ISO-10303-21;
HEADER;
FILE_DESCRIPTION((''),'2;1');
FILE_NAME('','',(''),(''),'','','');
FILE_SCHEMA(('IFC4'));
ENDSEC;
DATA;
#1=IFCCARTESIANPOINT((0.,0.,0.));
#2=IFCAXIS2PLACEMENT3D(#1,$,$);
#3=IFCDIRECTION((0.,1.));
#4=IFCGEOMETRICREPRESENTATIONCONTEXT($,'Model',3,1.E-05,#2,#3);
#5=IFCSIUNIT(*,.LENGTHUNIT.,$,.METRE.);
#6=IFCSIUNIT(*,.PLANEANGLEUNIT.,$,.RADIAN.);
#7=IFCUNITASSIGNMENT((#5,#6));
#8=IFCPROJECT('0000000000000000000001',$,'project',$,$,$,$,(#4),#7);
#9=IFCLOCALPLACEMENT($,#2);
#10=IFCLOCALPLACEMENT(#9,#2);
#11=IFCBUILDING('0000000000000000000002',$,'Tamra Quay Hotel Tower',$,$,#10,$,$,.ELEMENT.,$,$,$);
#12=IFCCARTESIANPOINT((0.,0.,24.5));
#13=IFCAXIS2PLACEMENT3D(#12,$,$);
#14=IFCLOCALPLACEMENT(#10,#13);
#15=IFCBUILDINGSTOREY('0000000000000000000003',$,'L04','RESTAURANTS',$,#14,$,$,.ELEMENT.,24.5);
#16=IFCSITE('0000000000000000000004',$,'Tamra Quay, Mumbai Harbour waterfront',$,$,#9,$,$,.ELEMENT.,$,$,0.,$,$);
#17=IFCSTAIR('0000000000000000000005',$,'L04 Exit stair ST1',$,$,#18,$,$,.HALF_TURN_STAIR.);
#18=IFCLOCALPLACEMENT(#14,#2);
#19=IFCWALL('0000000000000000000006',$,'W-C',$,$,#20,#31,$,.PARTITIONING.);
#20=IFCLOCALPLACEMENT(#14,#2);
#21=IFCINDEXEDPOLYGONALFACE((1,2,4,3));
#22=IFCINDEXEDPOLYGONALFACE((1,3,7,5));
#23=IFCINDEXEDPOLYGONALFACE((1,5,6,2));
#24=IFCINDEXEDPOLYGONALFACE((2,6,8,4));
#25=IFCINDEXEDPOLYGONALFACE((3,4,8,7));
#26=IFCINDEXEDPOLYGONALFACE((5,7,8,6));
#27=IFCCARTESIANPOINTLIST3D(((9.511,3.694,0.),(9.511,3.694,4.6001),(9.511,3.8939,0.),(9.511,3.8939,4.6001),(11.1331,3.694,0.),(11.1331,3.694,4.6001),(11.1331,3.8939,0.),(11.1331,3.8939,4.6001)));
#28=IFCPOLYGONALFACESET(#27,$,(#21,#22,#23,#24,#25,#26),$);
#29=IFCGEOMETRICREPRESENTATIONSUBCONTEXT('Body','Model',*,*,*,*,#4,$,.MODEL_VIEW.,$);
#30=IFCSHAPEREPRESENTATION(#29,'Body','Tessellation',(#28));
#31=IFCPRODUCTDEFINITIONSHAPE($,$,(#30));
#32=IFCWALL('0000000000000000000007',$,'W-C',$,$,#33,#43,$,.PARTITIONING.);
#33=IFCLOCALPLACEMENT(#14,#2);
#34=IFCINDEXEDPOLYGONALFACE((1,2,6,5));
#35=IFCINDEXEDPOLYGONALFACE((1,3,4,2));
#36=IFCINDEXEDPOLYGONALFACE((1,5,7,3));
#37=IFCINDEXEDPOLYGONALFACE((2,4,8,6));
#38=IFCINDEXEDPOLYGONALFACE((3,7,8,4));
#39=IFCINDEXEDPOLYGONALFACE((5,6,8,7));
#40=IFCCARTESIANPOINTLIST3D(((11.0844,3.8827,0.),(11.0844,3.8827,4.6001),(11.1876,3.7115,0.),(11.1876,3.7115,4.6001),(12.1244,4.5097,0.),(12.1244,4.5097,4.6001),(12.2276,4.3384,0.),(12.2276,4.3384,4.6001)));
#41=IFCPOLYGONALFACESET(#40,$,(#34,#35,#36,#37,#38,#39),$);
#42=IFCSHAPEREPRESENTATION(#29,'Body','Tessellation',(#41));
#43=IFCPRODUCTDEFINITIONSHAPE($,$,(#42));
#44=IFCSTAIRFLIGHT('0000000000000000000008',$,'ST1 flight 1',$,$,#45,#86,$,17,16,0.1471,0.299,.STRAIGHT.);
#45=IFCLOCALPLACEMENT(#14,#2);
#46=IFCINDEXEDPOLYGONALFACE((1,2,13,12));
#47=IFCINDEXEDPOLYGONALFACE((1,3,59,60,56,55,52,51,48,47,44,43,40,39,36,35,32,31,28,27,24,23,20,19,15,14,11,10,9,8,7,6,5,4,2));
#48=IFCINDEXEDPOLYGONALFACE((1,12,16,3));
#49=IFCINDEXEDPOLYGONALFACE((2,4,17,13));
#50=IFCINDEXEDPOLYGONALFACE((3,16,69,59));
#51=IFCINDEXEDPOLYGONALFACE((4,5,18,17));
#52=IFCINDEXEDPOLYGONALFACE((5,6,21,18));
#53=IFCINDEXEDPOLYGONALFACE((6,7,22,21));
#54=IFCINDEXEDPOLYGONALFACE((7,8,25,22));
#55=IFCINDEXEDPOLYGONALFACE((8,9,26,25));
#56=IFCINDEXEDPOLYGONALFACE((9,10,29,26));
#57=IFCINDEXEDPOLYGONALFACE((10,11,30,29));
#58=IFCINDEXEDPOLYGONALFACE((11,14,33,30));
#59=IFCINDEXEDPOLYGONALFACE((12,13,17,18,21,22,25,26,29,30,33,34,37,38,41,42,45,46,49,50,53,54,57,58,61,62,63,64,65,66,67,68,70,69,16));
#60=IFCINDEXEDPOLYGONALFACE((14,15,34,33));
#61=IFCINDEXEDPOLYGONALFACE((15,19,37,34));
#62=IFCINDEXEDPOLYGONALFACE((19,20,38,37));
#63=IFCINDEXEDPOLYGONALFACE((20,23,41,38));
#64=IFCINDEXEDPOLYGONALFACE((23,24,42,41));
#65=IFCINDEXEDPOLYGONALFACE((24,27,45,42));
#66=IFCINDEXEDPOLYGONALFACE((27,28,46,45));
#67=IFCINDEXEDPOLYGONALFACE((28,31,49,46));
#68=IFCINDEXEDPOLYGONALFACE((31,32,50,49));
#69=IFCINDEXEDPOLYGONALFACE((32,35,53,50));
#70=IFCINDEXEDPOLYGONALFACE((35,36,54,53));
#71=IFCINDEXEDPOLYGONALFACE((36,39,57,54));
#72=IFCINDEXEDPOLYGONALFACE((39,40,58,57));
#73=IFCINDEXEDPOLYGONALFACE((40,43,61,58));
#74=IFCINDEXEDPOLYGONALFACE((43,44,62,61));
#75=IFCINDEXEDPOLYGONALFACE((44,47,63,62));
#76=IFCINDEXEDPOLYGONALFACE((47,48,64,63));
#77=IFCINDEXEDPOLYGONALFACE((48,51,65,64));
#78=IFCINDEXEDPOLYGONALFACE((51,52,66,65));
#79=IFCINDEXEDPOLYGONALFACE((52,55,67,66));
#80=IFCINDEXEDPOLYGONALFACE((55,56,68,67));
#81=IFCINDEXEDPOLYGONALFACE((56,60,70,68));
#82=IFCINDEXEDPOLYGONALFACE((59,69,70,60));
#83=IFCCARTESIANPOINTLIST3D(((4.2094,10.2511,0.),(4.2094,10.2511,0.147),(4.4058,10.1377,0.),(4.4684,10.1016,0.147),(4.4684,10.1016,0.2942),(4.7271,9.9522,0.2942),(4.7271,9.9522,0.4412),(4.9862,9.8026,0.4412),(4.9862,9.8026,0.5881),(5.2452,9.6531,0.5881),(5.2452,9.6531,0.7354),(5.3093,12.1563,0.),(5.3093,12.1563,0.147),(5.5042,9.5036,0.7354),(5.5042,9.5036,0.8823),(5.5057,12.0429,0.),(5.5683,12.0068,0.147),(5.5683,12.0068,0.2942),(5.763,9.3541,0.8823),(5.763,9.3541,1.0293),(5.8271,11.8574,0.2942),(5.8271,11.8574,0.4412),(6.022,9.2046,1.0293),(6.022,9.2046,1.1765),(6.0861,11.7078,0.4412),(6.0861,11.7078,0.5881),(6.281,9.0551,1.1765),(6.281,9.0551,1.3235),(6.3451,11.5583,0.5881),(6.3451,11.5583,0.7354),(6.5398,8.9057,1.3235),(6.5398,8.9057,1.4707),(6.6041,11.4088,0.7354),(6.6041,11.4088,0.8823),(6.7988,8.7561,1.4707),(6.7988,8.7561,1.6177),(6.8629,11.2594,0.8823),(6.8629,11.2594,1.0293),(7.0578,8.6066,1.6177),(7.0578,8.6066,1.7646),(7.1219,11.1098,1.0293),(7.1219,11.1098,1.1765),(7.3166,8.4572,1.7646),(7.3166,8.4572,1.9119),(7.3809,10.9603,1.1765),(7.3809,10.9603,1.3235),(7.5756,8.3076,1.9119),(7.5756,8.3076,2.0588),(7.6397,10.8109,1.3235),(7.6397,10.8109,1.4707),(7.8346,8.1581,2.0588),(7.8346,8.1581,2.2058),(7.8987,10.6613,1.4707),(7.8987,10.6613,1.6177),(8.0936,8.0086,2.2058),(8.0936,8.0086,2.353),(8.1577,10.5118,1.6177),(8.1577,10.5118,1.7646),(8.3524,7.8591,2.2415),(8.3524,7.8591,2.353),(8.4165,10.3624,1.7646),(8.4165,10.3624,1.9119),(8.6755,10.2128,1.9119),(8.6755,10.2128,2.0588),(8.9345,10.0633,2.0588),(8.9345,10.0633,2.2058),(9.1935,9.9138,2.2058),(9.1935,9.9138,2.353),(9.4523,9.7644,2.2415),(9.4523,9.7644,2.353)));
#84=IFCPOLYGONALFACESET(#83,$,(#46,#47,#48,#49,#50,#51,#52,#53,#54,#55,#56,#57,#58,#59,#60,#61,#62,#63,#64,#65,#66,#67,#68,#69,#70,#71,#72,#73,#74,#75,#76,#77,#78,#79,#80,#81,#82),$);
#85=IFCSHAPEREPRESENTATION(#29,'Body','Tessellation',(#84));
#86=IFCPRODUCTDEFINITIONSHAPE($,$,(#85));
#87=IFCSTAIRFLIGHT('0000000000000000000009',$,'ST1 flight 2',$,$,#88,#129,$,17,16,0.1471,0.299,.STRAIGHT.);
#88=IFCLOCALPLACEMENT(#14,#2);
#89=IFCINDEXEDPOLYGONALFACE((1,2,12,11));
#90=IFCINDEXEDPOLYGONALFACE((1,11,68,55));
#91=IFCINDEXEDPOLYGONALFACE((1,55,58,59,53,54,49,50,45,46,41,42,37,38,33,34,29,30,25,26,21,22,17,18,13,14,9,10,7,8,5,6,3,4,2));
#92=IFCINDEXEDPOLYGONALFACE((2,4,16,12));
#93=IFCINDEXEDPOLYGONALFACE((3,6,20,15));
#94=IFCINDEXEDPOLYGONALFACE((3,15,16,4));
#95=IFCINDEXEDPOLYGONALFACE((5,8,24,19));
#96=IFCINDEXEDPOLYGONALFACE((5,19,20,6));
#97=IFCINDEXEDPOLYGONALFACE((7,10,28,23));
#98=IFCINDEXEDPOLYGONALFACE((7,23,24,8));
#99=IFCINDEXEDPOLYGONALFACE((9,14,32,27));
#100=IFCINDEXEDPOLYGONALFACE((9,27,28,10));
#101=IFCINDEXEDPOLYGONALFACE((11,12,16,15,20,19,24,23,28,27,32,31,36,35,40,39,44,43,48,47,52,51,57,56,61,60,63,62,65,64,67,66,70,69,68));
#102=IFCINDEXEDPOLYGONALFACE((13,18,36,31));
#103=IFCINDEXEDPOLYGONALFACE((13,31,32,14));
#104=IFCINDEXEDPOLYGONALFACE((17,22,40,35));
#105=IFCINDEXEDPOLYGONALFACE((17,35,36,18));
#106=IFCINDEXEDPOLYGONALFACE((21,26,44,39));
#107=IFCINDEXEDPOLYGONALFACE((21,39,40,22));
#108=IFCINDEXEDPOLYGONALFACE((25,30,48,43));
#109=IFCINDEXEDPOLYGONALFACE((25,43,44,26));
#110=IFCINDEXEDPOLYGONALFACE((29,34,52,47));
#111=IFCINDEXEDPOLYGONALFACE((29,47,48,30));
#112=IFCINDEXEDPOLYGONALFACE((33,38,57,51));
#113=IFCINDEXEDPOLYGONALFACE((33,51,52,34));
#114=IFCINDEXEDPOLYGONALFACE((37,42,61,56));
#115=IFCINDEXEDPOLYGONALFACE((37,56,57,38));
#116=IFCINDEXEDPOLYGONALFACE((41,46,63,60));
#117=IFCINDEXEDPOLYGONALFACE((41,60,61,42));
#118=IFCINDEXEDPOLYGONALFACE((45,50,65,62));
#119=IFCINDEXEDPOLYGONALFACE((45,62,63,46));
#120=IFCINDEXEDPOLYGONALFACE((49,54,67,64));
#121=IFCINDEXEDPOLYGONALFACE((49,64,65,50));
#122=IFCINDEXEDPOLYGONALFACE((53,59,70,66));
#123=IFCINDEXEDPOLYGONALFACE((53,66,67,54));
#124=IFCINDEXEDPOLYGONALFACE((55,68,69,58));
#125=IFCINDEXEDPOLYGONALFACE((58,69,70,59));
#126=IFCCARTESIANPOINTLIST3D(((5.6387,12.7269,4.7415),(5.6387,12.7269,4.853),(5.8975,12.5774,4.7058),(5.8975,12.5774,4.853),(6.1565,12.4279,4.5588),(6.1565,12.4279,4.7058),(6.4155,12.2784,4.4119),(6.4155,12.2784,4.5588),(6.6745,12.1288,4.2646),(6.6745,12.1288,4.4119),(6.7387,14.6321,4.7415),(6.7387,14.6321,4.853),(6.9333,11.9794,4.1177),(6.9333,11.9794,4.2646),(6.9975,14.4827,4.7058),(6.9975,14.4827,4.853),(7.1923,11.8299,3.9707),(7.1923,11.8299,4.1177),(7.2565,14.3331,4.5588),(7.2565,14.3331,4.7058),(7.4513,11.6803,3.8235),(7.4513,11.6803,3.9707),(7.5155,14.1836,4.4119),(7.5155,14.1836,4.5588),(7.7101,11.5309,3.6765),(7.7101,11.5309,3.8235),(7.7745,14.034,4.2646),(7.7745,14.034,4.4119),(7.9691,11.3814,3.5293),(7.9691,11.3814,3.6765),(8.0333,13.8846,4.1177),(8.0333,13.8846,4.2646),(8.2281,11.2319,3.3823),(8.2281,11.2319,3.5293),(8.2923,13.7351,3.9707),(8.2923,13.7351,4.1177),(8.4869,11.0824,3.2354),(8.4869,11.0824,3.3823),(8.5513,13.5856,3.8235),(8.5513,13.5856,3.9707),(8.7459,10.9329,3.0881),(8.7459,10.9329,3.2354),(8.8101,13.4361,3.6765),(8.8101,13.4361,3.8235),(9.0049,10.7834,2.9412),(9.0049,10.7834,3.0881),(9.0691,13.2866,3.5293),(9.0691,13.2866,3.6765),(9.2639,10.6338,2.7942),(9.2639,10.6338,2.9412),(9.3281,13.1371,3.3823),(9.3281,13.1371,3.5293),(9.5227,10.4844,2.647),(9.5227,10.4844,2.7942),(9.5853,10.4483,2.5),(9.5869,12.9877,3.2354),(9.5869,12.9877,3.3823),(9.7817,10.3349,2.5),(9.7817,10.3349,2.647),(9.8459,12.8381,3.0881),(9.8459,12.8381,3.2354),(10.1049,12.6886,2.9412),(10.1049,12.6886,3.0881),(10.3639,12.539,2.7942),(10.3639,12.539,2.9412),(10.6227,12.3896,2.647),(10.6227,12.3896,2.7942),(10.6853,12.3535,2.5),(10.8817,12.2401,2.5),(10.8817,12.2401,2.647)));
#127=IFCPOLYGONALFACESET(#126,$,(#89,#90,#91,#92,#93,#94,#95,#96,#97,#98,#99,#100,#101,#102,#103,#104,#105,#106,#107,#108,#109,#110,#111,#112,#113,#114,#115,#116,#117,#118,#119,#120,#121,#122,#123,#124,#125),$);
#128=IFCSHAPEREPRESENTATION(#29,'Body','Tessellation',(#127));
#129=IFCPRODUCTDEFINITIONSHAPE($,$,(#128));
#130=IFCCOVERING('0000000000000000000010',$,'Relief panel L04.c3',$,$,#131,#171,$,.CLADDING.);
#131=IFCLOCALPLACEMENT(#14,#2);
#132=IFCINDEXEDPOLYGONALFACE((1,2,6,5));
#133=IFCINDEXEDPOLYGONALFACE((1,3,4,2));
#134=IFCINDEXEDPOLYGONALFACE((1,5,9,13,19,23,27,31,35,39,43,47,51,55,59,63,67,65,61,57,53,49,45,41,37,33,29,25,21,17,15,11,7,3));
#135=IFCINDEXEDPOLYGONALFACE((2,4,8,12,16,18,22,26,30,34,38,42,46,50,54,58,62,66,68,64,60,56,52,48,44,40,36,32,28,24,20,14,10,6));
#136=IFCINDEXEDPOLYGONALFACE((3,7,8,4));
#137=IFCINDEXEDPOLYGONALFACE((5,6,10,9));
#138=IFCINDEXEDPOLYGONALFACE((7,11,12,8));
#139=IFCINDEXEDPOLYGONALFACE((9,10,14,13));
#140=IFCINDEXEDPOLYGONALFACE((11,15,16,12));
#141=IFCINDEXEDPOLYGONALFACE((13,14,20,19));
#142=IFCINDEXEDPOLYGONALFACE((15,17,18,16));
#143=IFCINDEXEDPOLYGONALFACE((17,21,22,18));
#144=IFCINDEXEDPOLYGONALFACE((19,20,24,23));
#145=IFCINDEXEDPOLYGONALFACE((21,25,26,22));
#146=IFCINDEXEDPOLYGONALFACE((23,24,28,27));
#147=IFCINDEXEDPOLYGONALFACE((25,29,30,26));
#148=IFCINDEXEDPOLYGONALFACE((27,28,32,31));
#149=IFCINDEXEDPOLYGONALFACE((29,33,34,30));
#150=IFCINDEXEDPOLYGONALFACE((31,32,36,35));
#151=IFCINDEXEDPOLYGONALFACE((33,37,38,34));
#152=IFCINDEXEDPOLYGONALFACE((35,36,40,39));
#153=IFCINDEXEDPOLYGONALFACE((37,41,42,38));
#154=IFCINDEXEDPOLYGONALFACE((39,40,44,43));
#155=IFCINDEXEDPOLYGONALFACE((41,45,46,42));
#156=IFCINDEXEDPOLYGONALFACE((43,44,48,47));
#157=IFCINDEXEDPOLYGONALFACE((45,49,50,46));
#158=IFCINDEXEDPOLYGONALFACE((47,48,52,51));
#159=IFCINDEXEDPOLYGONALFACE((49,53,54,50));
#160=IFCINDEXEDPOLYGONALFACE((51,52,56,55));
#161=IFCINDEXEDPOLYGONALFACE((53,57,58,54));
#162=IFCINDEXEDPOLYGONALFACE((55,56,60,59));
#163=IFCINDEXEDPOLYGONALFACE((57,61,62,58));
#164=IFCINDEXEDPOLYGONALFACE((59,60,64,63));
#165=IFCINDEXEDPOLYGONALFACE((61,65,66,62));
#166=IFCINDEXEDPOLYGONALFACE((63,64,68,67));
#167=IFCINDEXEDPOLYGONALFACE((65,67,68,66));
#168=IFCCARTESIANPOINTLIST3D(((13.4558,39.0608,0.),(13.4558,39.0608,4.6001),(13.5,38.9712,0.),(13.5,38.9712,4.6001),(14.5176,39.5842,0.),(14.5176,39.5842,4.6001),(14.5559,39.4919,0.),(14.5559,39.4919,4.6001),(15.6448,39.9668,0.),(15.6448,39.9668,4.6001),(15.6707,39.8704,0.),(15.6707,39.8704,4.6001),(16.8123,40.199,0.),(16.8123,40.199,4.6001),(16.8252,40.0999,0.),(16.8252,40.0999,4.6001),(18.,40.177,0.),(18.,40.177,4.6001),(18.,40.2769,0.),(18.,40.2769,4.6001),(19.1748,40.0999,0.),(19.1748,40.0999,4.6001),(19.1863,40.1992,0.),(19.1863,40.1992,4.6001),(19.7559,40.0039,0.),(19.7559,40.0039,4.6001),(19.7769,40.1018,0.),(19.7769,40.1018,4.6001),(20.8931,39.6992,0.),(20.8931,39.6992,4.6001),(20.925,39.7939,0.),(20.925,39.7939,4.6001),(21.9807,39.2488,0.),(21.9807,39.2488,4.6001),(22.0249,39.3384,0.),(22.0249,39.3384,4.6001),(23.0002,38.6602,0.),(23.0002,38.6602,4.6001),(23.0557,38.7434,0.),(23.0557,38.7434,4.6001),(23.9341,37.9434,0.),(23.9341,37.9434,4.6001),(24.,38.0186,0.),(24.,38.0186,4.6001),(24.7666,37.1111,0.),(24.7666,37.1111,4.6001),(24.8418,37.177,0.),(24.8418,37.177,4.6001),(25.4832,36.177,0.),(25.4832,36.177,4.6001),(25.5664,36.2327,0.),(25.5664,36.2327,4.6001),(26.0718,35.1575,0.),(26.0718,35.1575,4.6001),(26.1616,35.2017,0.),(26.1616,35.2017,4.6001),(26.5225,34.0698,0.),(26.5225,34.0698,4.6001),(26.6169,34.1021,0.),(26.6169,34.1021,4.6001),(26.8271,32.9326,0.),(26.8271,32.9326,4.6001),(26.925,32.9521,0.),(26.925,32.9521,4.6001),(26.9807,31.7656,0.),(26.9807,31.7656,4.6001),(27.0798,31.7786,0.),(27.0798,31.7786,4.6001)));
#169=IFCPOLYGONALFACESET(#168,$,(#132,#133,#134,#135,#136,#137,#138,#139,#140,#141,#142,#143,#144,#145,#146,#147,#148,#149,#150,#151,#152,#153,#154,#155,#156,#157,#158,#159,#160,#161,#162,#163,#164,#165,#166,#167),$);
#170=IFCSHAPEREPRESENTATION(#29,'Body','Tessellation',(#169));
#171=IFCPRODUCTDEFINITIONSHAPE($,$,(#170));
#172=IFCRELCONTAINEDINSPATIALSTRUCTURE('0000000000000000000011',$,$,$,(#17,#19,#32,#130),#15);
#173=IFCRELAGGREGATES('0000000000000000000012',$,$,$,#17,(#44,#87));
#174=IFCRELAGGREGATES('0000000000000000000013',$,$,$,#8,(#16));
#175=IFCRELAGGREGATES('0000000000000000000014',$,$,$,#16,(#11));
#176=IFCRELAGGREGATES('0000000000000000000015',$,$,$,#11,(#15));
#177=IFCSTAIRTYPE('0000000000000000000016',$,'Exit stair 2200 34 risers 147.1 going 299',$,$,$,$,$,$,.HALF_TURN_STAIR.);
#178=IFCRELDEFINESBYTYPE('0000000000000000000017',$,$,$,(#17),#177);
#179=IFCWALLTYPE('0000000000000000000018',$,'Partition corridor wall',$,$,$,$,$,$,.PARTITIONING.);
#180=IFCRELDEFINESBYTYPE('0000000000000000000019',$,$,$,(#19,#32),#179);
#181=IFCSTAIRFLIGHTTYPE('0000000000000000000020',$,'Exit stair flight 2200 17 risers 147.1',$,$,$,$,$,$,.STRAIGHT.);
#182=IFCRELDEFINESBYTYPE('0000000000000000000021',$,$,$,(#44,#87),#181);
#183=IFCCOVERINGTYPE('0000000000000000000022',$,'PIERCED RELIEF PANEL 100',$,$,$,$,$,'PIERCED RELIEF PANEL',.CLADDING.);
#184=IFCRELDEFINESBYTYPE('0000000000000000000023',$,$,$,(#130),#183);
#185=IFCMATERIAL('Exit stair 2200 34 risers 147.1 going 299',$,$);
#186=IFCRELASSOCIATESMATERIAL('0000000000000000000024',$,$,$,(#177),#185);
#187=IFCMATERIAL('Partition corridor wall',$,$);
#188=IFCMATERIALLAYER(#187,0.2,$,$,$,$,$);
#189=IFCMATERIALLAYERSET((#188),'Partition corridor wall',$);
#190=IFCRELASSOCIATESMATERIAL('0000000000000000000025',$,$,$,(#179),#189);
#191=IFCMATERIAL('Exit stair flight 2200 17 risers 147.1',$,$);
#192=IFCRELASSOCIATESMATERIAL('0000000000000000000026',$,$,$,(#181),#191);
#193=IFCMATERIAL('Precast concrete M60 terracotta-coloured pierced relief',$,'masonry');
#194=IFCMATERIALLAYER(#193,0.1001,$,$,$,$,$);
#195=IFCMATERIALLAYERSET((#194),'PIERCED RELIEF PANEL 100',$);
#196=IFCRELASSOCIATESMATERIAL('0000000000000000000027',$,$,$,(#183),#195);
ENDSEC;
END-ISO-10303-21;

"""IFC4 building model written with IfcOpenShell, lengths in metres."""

from ifc_helpers import new_model, si_unit, direction, frame, frame_2d, origin, place, context, subcontext, project, spatial, polyline, rectangle, outline, extrude, material, layer, layer_set, type_object, element, aggregate, save


model = new_model("IFC4")

# Units and contexts
model_context = context("Model", 3, precision=1e-05, world=origin(), true_north=direction((0.0, 1.0)))
body_context = subcontext(model_context, "Body", "Model", "MODEL_VIEW")
ifc_project = project(units=[si_unit("LENGTHUNIT", "METRE"), si_unit("PLANEANGLEUNIT", "RADIAN")], contexts=[model_context])

# Site, building, storey
site_placement = place(None, origin())
site = spatial("IfcSite", under=ifc_project, at=site_placement, Name="Tamra Quay, Mumbai Harbour waterfront", CompositionType="ELEMENT", RefElevation=0.0)
building_placement = place(site_placement, origin())
building = spatial("IfcBuilding", under=site, at=building_placement, Name="Tamra Quay Hotel Tower", CompositionType="ELEMENT")
storey_placement = place(building_placement, frame((0.0, 0.0, 24.5)))
storey = spatial("IfcBuildingStorey", under=building, at=storey_placement, Name="L04", Description="RESTAURANTS", CompositionType="ELEMENT", Elevation=24.5)

# Stair
ifc_material_1 = material(Name="Exit stair 2200 34 risers 147.1 going 299")
stair_type = type_object("IfcStairType", Name="Exit stair 2200 34 risers 147.1 going 299", PredefinedType="HALF_TURN_STAIR", material=ifc_material_1)
stair_1_placement = place(storey_placement, origin())
stair_1 = element("IfcStair", 1, at=stair_1_placement, inside=storey, type_object=stair_type, Name="L04 Exit stair ST1", PredefinedType="HALF_TURN_STAIR")

# Walls
ifc_material_2 = material(Name="Partition corridor wall")
ifc_layer_1 = layer(ifc_material_2, 0.2)
ifc_layer_set_1 = layer_set([ifc_layer_1], Name="Partition corridor wall")
wall_type_1 = type_object("IfcWallType", Name="Partition corridor wall", PredefinedType="PARTITIONING", material=ifc_layer_set_1)
wall_1_placement = place(storey_placement, frame((9.511, 3.7939, 0.0), z_axis=(0.0, 0.0, 1.0), x_axis=(1.0, 0.0, 0.0)))
element("IfcWall", 2, at=wall_1_placement, inside=storey, type_object=wall_type_1, Name="W-C", PredefinedType="PARTITIONING", context=body_context, shape_type="SweptSolid", body=[
    extrude(rectangle(XDim=1.6221, YDim=0.2, at=frame_2d((0.811, 0.0))), origin(), (0.0, 0.0, 1.0), 4.6001),
])
wall_2_placement = place(storey_placement, frame((11.136, 3.7971, 0.0), z_axis=(0.0, 0.0, 1.0), x_axis=(0.856427, 0.516269, 0.0)))
element("IfcWall", 3, at=wall_2_placement, inside=storey, type_object=wall_type_1, Name="W-C", PredefinedType="PARTITIONING", context=body_context, shape_type="SweptSolid", body=[
    extrude(rectangle(XDim=1.2144, YDim=0.2, at=frame_2d((0.6072, 0.0))), origin(), (0.0, 0.0, 1.0), 4.6001),
])

# Stair flights
ifc_material_3 = material(Name="Exit stair flight 2200 17 risers 147.1")
stair_flight_type = type_object("IfcStairFlightType", Name="Exit stair flight 2200 17 risers 147.1", PredefinedType="STRAIGHT", material=ifc_material_3)
stair_flight_1_placement = place(storey_placement, frame((4.7593, 11.2036, 0.0), z_axis=(0.0, 0.0, 1.0), x_axis=(0.866025, -0.5, 0.0)))
stair_flight_1 = element("IfcStairFlight", 4, at=stair_flight_1_placement, type_object=stair_flight_type, Name="ST1 flight 1", NumberOfRisers=17, NumberOfTreads=16, PredefinedType="STRAIGHT", RiserHeight=0.1471, TreadLength=0.299, context=body_context, shape_type="SweptSolid", body=[
    extrude(outline(polyline([(0.0, 0.0), (0.0, 0.147), (0.2991, 0.147), (0.2991, 0.2942), (0.5979, 0.2942), (0.5979, 0.4412), (0.897, 0.4412), (0.897, 0.5881), (1.196, 0.5881), (1.196, 0.7354), (1.4951, 0.7354), (1.4951, 0.8823), (1.7939, 0.8823), (1.7939, 1.0293), (2.093, 1.0293), (2.093, 1.1765), (2.3921, 1.1765), (2.3921, 1.3235), (2.6909, 1.3235), (2.6909, 1.4707), (2.99, 1.4707), (2.99, 1.6177), (3.2891, 1.6177), (3.2891, 1.7646), (3.5879, 1.7646), (3.5879, 1.9119), (3.887, 1.9119), (3.887, 2.0588), (4.186, 2.0588), (4.186, 2.2058), (4.4851, 2.2058), (4.4851, 2.353), (4.7839, 2.353), (4.7839, 2.5), (4.7839, 2.2415), (0.2268, 0.0), (0.0, 0.0)])), frame((0.0, 1.1001, 0.0), z_axis=(0.0, -1.0, 0.0), x_axis=(1.0, 0.0, 0.0)), (0.0, 0.0, 1.0), 2.2),
])
stair_flight_2_placement = place(storey_placement, frame((10.3318, 11.2876, 2.5), z_axis=(0.0, 0.0, 1.0), x_axis=(-0.866025, 0.5, 0.0)))
stair_flight_2 = element("IfcStairFlight", 5, at=stair_flight_2_placement, type_object=stair_flight_type, Name="ST1 flight 2", NumberOfRisers=17, NumberOfTreads=16, PredefinedType="STRAIGHT", RiserHeight=0.1471, TreadLength=0.299, context=body_context, shape_type="SweptSolid", body=[
    extrude(outline(polyline([(0.0, 0.0), (0.0, 0.147), (0.2991, 0.147), (0.2991, 0.2942), (0.5979, 0.2942), (0.5979, 0.4412), (0.897, 0.4412), (0.897, 0.5881), (1.196, 0.5881), (1.196, 0.7354), (1.4951, 0.7354), (1.4951, 0.8823), (1.7939, 0.8823), (1.7939, 1.0293), (2.093, 1.0293), (2.093, 1.1765), (2.3921, 1.1765), (2.3921, 1.3235), (2.6909, 1.3235), (2.6909, 1.4707), (2.99, 1.4707), (2.99, 1.6177), (3.2891, 1.6177), (3.2891, 1.7646), (3.5879, 1.7646), (3.5879, 1.9119), (3.887, 1.9119), (3.887, 2.0588), (4.186, 2.0588), (4.186, 2.2058), (4.4851, 2.2058), (4.4851, 2.353), (4.7839, 2.353), (4.7839, 2.5), (4.7839, 2.2415), (0.2268, 0.0), (0.0, 0.0)])), frame((0.0, 1.1001, 0.0), z_axis=(0.0, -1.0, 0.0), x_axis=(1.0, 0.0, 0.0)), (0.0, 0.0, 1.0), 2.2),
])
aggregate(stair_1, [stair_flight_1, stair_flight_2])

# Covering
ifc_material_4 = material(Name="Precast concrete M60 terracotta-coloured pierced relief", Category="masonry")
ifc_layer_2 = layer(ifc_material_4, 0.1001)
ifc_layer_set_2 = layer_set([ifc_layer_2], Name="PIERCED RELIEF PANEL 100")
covering_type_1 = type_object("IfcCoveringType", Name="PIERCED RELIEF PANEL 100", ElementType="PIERCED RELIEF PANEL", PredefinedType="CLADDING", material=ifc_layer_set_2)
covering_1_placement = place(storey_placement, origin())
element("IfcCovering", 6, at=covering_1_placement, inside=storey, type_object=covering_type_1, Name="Relief panel L04.c3", PredefinedType="CLADDING", context=body_context, shape_type="SweptSolid", body=[
    extrude(outline(polyline([(26.9807, 31.7656), (26.8271, 32.9326), (26.5225, 34.0698), (26.0718, 35.1575), (25.4832, 36.177), (24.7666, 37.1111), (23.9341, 37.9434), (23.0002, 38.6602), (21.9807, 39.2488), (20.8931, 39.6992), (19.7559, 40.0039), (19.1748, 40.0999), (18.0, 40.177), (16.8252, 40.0999), (15.6707, 39.8704), (14.5559, 39.4919), (13.5, 38.9712), (13.4558, 39.0608), (14.5176, 39.5842), (15.6448, 39.9668), (16.8123, 40.199), (18.0, 40.2769), (19.1863, 40.1992), (19.7769, 40.1018), (20.925, 39.7939), (22.0249, 39.3384), (23.0557, 38.7434), (24.0, 38.0186), (24.8418, 37.177), (25.5664, 36.2327), (26.1616, 35.2017), (26.6169, 34.1021), (26.925, 32.9521), (27.0798, 31.7786), (26.9807, 31.7656)])), origin(), (0.0, 0.0, 1.0), 4.6001),
])

save(model, "model.ifc")
